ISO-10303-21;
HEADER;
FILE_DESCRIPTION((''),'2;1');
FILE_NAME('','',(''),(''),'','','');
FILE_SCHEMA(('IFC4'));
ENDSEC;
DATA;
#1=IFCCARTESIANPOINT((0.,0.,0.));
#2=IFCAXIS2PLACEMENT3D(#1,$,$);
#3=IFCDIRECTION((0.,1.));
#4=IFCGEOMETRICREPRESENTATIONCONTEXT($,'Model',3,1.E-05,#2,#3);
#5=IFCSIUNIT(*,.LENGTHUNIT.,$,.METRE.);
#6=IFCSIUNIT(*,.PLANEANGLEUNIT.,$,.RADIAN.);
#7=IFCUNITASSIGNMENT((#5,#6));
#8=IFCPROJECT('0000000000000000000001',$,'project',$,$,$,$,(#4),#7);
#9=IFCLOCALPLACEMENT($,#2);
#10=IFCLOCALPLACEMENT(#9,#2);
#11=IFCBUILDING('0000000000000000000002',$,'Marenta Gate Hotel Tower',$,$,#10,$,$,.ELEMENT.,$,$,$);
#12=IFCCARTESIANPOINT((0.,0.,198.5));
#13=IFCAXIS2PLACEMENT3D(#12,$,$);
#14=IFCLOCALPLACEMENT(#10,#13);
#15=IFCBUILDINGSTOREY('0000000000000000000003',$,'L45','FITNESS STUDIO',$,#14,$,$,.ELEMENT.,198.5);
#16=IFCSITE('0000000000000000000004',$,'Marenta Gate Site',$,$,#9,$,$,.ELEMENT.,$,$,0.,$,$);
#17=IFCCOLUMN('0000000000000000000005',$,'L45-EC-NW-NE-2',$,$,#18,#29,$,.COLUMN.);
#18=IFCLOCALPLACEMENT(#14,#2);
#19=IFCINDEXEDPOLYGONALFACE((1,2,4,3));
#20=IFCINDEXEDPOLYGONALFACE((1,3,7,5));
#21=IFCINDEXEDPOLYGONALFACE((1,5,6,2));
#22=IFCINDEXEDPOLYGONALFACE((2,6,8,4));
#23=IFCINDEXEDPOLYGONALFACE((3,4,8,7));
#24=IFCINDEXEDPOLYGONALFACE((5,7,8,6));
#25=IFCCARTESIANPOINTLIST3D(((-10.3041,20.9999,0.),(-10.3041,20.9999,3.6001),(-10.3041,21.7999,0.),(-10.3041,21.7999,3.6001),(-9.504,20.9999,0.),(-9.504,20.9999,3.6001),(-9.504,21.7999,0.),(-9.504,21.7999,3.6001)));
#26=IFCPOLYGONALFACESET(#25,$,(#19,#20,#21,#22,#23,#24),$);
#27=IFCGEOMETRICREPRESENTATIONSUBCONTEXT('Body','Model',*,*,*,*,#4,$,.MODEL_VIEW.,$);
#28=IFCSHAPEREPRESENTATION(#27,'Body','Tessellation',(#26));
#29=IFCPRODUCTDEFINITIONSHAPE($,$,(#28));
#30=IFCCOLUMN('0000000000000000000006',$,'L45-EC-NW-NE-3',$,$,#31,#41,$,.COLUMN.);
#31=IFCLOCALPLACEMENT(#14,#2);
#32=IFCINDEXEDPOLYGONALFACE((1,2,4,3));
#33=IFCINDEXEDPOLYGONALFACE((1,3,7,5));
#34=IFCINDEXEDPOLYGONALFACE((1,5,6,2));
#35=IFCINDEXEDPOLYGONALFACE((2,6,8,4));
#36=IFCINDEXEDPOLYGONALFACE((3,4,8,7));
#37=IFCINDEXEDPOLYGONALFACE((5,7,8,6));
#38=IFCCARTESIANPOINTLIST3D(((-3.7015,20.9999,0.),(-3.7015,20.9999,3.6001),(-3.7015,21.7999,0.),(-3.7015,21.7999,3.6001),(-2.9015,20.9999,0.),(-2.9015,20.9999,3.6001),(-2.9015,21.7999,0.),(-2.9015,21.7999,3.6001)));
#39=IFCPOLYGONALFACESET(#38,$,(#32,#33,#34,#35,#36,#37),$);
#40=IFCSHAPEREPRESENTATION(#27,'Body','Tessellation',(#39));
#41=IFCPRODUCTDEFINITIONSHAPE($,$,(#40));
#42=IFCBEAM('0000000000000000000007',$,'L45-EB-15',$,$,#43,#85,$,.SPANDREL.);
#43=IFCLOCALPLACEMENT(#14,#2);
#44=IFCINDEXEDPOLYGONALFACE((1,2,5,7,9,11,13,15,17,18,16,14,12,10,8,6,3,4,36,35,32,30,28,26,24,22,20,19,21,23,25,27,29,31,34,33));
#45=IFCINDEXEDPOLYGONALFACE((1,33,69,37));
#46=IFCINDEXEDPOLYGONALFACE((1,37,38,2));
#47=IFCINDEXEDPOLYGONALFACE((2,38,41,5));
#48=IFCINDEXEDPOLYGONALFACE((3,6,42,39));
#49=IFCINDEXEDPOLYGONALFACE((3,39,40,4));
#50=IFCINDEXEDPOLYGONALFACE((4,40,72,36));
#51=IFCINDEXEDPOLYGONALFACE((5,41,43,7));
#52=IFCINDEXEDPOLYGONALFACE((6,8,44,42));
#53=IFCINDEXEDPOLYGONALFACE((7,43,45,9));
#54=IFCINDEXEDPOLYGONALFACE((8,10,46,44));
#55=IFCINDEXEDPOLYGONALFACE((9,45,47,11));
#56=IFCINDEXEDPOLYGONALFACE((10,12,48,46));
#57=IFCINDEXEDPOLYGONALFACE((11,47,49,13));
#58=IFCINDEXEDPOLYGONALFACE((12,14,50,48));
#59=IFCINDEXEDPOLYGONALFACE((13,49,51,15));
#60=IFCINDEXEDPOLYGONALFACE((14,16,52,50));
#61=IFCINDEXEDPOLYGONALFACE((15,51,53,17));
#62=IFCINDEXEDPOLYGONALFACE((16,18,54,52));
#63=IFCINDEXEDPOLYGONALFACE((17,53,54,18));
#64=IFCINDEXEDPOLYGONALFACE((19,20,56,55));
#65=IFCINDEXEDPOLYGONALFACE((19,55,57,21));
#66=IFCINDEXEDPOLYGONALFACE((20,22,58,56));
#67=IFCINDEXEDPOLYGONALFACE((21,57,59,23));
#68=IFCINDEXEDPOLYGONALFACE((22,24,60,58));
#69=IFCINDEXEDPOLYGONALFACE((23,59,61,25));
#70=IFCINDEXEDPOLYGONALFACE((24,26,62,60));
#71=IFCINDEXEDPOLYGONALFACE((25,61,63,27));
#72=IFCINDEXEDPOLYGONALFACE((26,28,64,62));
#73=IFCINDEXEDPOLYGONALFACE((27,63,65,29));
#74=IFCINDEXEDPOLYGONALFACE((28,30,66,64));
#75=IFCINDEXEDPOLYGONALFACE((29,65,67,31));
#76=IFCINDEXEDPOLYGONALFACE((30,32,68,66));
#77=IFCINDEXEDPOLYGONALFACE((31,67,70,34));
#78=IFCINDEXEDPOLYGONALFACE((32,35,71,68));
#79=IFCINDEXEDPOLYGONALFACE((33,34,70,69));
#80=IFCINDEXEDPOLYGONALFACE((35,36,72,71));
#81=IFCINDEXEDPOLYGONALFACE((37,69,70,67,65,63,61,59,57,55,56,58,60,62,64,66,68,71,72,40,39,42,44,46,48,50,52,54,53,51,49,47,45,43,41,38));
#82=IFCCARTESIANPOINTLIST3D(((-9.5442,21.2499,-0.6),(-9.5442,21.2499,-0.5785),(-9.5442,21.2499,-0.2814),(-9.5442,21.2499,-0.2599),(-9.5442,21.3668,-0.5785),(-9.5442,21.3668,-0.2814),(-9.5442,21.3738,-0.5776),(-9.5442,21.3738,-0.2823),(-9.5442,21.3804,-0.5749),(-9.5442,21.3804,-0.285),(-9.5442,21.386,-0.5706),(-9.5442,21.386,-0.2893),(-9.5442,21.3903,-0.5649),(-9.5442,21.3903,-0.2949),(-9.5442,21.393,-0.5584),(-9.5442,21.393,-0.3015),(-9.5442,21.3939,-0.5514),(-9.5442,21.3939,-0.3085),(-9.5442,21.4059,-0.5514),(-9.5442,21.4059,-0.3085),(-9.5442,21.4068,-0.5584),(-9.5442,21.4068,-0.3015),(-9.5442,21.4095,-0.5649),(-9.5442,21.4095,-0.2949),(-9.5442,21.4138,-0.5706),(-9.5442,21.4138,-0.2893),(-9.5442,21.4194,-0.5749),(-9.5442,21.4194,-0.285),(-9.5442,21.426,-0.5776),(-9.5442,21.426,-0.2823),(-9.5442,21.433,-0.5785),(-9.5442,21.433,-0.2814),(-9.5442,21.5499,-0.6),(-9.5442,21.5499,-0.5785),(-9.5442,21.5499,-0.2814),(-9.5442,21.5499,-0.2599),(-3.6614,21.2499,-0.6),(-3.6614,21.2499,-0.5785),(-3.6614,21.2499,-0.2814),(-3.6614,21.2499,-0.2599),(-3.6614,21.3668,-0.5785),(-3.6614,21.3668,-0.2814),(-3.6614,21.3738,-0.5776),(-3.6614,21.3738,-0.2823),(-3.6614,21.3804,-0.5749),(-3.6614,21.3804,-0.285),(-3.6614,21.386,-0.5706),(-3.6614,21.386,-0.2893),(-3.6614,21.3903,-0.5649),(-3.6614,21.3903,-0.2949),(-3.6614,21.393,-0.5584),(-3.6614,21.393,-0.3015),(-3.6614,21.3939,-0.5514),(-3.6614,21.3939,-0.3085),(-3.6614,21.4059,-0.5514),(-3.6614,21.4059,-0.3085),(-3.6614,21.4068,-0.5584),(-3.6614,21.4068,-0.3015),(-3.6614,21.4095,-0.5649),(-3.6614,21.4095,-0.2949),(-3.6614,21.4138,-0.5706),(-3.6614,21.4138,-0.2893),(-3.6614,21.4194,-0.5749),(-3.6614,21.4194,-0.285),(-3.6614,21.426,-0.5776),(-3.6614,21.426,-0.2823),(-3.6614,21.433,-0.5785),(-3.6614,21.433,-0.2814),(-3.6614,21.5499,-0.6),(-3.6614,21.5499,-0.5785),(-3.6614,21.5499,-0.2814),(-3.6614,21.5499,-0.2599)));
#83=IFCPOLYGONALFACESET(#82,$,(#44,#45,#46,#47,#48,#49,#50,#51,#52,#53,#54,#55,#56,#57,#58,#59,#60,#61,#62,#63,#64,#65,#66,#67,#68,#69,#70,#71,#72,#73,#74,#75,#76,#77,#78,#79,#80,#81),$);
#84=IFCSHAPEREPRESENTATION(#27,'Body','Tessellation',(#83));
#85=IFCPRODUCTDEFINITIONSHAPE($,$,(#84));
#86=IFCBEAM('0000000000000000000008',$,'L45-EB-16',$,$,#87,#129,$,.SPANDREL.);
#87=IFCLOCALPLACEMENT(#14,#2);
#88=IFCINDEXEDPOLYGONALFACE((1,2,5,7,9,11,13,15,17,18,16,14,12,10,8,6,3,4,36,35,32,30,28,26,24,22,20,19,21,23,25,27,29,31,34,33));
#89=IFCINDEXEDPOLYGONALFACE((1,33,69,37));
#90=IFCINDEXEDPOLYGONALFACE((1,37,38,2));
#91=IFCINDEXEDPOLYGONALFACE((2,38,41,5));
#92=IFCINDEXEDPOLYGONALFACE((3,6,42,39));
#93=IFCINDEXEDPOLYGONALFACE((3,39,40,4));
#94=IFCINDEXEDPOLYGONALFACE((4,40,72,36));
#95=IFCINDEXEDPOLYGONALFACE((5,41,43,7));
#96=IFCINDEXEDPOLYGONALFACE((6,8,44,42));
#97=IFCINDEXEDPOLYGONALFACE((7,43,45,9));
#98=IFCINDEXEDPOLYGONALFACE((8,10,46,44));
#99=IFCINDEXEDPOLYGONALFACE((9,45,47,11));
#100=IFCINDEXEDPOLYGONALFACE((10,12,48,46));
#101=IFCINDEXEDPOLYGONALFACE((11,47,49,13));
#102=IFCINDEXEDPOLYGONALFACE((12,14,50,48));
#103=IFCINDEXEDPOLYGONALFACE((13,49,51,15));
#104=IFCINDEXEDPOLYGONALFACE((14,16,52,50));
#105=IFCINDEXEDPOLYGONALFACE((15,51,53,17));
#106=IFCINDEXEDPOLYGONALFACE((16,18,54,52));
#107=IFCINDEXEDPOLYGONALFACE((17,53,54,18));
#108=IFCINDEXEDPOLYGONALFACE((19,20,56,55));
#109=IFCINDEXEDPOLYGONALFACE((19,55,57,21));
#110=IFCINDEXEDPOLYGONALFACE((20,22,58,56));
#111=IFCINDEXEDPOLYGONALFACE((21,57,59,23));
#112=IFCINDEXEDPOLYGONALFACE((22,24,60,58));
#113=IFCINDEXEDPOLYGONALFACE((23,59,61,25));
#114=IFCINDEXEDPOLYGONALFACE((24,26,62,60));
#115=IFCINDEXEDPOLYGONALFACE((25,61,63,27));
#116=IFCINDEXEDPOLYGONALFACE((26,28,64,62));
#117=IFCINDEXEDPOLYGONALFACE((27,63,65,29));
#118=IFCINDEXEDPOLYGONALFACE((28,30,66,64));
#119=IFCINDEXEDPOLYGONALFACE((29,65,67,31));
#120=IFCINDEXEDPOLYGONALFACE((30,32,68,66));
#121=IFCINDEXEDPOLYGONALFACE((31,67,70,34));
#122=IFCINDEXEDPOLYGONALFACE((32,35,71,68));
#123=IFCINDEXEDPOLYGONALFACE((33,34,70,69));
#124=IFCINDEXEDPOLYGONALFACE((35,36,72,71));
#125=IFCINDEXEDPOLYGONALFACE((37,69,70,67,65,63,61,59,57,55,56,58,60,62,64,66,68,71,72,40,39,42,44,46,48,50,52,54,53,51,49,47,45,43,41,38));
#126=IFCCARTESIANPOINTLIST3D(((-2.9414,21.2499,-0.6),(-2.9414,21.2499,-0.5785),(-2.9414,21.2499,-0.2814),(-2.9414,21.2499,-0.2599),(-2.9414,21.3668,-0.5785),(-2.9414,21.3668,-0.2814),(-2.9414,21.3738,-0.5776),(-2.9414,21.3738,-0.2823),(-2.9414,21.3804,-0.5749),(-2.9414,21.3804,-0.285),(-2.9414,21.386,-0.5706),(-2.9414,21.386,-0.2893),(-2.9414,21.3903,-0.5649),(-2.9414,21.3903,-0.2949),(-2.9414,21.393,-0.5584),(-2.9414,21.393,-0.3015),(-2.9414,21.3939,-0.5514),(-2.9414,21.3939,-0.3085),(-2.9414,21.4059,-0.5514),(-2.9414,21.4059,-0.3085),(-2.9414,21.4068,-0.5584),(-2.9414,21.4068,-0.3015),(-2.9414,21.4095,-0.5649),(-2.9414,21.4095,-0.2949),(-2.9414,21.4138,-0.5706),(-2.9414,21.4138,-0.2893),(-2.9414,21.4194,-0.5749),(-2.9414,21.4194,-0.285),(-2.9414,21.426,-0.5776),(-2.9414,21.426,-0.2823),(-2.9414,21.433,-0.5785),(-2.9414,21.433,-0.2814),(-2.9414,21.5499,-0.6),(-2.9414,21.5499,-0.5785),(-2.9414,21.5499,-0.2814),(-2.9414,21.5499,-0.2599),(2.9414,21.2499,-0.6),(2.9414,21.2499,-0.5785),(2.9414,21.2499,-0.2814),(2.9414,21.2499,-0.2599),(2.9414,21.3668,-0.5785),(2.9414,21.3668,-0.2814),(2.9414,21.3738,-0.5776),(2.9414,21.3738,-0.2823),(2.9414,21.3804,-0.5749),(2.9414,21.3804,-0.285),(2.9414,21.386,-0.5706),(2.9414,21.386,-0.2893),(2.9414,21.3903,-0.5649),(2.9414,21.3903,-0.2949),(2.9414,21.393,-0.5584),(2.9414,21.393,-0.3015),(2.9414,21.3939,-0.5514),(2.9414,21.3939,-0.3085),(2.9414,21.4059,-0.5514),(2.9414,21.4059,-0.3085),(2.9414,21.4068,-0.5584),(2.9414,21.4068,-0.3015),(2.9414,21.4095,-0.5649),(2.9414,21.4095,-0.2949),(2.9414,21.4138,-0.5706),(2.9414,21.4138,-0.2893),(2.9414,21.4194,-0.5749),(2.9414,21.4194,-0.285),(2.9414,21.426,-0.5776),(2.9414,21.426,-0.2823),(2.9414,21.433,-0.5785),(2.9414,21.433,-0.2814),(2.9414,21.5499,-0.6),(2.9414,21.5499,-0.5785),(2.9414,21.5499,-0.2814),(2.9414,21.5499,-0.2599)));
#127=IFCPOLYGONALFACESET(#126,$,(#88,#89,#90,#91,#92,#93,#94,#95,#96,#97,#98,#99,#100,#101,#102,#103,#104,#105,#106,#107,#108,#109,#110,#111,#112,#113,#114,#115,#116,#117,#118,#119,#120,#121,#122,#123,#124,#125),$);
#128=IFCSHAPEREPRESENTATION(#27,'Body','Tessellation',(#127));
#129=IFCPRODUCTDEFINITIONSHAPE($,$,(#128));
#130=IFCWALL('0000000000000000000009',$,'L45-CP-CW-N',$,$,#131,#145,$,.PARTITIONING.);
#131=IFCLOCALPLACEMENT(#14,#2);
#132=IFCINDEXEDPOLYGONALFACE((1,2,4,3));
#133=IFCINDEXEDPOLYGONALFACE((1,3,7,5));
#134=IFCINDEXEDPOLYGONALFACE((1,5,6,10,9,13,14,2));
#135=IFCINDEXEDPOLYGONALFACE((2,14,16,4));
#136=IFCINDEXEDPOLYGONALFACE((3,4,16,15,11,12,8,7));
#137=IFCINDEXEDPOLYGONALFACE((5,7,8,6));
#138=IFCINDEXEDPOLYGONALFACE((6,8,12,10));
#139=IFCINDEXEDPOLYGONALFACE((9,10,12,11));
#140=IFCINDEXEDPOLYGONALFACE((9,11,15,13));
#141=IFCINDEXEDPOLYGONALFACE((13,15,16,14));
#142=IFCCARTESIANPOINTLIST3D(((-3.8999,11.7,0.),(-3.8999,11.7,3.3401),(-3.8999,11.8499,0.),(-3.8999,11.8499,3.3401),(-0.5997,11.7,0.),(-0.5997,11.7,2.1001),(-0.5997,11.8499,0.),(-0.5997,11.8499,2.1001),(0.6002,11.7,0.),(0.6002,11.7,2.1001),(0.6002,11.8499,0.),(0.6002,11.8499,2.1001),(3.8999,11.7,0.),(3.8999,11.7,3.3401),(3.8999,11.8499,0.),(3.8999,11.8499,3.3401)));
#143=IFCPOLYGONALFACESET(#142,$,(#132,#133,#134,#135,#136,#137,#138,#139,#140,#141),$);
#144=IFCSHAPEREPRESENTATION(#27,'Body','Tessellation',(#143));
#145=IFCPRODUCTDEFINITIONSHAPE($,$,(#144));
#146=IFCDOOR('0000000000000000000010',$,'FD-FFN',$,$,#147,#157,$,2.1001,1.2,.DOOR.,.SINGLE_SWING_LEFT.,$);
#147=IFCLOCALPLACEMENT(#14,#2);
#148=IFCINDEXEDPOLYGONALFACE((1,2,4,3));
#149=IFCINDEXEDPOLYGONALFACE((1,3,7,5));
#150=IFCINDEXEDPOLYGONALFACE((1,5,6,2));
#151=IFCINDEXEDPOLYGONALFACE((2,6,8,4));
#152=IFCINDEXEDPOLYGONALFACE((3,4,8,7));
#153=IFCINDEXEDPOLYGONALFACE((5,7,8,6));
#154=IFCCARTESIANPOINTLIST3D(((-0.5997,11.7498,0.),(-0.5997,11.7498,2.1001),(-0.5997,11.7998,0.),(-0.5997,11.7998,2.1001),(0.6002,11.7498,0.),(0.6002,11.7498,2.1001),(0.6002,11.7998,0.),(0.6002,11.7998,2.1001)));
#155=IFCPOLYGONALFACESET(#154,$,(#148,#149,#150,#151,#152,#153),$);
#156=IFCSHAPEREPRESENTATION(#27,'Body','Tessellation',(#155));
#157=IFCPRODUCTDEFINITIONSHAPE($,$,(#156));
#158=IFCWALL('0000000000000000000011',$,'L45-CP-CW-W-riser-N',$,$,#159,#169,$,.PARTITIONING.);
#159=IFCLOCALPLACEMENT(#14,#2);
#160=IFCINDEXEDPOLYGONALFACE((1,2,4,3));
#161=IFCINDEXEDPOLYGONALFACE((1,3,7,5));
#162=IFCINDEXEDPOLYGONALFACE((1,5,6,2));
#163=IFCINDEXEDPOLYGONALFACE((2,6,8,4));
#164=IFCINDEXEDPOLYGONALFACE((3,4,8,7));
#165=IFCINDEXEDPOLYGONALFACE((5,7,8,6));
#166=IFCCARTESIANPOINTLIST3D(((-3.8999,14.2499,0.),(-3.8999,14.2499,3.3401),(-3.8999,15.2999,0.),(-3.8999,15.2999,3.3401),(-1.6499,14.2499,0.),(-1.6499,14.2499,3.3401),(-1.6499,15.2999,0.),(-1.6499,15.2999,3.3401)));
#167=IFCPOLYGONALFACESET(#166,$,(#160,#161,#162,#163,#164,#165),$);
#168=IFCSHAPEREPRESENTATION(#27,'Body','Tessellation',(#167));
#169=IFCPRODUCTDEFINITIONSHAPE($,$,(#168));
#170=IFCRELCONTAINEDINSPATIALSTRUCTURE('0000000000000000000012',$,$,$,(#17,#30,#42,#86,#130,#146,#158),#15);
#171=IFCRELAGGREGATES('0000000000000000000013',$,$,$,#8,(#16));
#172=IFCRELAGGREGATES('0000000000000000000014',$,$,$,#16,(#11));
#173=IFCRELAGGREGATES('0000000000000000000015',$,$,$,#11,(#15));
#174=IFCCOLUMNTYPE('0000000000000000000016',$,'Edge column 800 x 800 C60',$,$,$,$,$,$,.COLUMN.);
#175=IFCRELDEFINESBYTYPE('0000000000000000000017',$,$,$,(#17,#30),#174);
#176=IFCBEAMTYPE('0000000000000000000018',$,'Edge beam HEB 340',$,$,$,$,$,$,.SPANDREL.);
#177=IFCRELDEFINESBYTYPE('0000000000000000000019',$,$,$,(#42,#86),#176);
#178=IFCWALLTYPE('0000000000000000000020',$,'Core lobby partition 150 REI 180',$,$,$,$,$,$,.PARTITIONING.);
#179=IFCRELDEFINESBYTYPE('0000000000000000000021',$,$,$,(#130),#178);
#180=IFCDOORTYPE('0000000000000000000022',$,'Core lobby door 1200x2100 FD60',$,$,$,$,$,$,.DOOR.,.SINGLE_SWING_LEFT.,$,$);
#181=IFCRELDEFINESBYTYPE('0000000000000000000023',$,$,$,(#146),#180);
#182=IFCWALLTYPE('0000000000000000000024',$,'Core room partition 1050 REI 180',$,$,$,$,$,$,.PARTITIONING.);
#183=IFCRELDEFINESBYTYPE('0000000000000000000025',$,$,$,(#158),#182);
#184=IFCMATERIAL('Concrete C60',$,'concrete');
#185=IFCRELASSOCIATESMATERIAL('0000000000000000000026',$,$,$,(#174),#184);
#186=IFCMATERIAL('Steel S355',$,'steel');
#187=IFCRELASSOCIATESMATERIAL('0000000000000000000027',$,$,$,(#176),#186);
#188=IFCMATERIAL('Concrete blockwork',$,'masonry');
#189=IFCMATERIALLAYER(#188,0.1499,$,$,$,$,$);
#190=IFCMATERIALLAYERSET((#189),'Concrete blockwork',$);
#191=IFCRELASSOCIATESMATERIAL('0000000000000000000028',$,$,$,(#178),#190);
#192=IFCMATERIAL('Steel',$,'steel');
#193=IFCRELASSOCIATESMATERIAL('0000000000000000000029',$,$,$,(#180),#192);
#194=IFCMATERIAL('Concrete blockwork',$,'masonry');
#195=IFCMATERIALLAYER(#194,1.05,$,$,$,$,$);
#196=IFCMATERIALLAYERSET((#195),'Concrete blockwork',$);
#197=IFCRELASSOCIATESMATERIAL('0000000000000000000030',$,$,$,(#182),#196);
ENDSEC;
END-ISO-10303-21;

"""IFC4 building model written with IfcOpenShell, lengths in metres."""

from ifc_helpers import new_model, si_unit, direction, frame, frame_2d, origin, origin_2d, place, context, subcontext, project, spatial, rectangle, i_section, extrude, material, layer, layer_set, material_profile, profile_set, type_object, element, fill, save


model = new_model("IFC4")

# Units and contexts
model_context = context("Model", 3, precision=1e-05, world=origin(), true_north=direction((0.0, 1.0)))
body_context = subcontext(model_context, "Body", "Model", "MODEL_VIEW")
ifc_project = project(units=[si_unit("LENGTHUNIT", "METRE"), si_unit("PLANEANGLEUNIT", "RADIAN")], contexts=[model_context])

# Site, building, storey
site_placement = place(None, origin())
site = spatial("IfcSite", under=ifc_project, at=site_placement, Name="Marenta Gate Site", CompositionType="ELEMENT", RefElevation=0.0)
building_placement = place(site_placement, origin())
building = spatial("IfcBuilding", under=site, at=building_placement, Name="Marenta Gate Hotel Tower", CompositionType="ELEMENT")
storey_placement = place(building_placement, frame((0.0, 0.0, 198.5)))
storey = spatial("IfcBuildingStorey", under=building, at=storey_placement, Name="L45", Description="FITNESS STUDIO", CompositionType="ELEMENT", Elevation=198.5)

# Columns
ifc_material_1 = material(Name="Concrete C60", Category="concrete")
ifc_material_profile_1 = material_profile(ifc_material_1, rectangle(XDim=0.8, YDim=0.8, at=origin_2d()), Name="800 x 800")
ifc_profile_set_1 = profile_set([ifc_material_profile_1], Name="Concrete C60")
column_type = type_object("IfcColumnType", Name="Edge column 800 x 800 C60", PredefinedType="COLUMN", material=ifc_profile_set_1)
for number, where, z_axis, x_axis, name in (
    (1, (-9.9041, 21.3999, 0.0), (0.0, 0.0, 1.0), (1.0, 0.0, 0.0), "L45-EC-NW-NE-2"),
    (2, (-3.3015, 21.3999, 0.0), (0.0, 0.0, 1.0), (1.0, 0.0, 0.0), "L45-EC-NW-NE-3"),
):
    element("IfcColumn", number, at=place(storey_placement, frame(where, z_axis=z_axis, x_axis=x_axis)), inside=storey, type_object=column_type, Name=name, PredefinedType="COLUMN", context=body_context, shape_type="SweptSolid", body=[
        extrude(rectangle(XDim=0.8, YDim=0.8, at=origin_2d()), origin(), (0.0, 0.0, 1.0), 3.6001),
    ])

# Beams
ifc_material_2 = material(Name="Steel S355", Category="steel")
ifc_material_profile_2 = material_profile(ifc_material_2, i_section(OverallWidth=0.3, OverallDepth=0.3401, WebThickness=0.012, FlangeThickness=0.0215, FilletRadius=0.0271, at=origin_2d()), Name="HEB 340")
ifc_profile_set_2 = profile_set([ifc_material_profile_2], Name="Steel S355")
beam_type = type_object("IfcBeamType", Name="Edge beam HEB 340", PredefinedType="SPANDREL", material=ifc_profile_set_2)
for number, where, z_axis, x_axis, name in (
    (3, (-9.5442, 21.3999, -0.4299), (1.0, 0.0, 0.0), (0.0, 1.0, 0.0), "L45-EB-15"),
    (4, (-2.9414, 21.3999, -0.4299), (1.0, 0.0, 0.0), (0.0, 1.0, 0.0), "L45-EB-16"),
):
    element("IfcBeam", number, at=place(storey_placement, frame(where, z_axis=z_axis, x_axis=x_axis)), inside=storey, type_object=beam_type, Name=name, PredefinedType="SPANDREL", context=body_context, shape_type="SweptSolid", body=[
        extrude(i_section(OverallWidth=0.3, OverallDepth=0.3401, WebThickness=0.012, FlangeThickness=0.0215, FilletRadius=0.0271, at=origin_2d()), origin(), (0.0, 0.0, 1.0), 5.8828),
    ])

# Wall, opening, door
ifc_material_3 = material(Name="Concrete blockwork", Category="masonry")
ifc_layer_1 = layer(ifc_material_3, 0.1499)
ifc_layer_set_1 = layer_set([ifc_layer_1], Name="Concrete blockwork")
wall_type_1 = type_object("IfcWallType", Name="Core lobby partition 150 REI 180", PredefinedType="PARTITIONING", material=ifc_layer_set_1)
wall_1_placement = place(storey_placement, frame((-3.8999, 11.7749, 0.0), z_axis=(0.0, 0.0, 1.0), x_axis=(1.0, 0.0, 0.0)))
wall_1 = element("IfcWall", 5, at=wall_1_placement, inside=storey, type_object=wall_type_1, Name="L45-CP-CW-N", PredefinedType="PARTITIONING", context=body_context, shape_type="SweptSolid", body=[
    extrude(rectangle(XDim=7.7998, YDim=0.1499, at=frame_2d((3.8999, 0.0))), origin(), (0.0, 0.0, 1.0), 3.3401),
])
opening_1_placement = place(wall_1_placement, frame((3.3, 0.0, 0.0)))
opening_1 = element("IfcOpeningElement", 6, at=opening_1_placement, cuts=wall_1, PredefinedType="OPENING", context=body_context, shape_type="SweptSolid", body=[
    extrude(rectangle(XDim=1.2, YDim=2.1001, at=frame_2d((0.6001, 1.05))), frame((0.0, 0.075, 0.0), z_axis=(0.0, -1.0, 0.0), x_axis=(1.0, 0.0, 0.0)), (0.0, 0.0, 1.0), 0.1499),
])
ifc_material_4 = material(Name="Steel", Category="steel")
door_type_1 = type_object("IfcDoorType", Name="Core lobby door 1200x2100 FD60", OperationType="SINGLE_SWING_LEFT", PredefinedType="DOOR", material=ifc_material_4)
door_1_placement = place(opening_1_placement, origin())
door_1 = element("IfcDoor", 7, at=door_1_placement, inside=storey, type_object=door_type_1, Name="FD-FFN", OperationType="SINGLE_SWING_LEFT", OverallHeight=2.1001, OverallWidth=1.2, PredefinedType="DOOR", context=body_context, shape_type="SweptSolid", body=[
    extrude(rectangle(XDim=1.2, YDim=2.1001, at=frame_2d((0.6001, 1.05))), frame((0.0, 0.0249, 0.0), z_axis=(0.0, -1.0, 0.0), x_axis=(1.0, 0.0, 0.0)), (0.0, 0.0, 1.0), 0.05),
])
fill(opening_1, door_1)

# Wall
ifc_material_5 = material(Name="Concrete blockwork", Category="masonry")
ifc_layer_2 = layer(ifc_material_5, 1.05)
ifc_layer_set_2 = layer_set([ifc_layer_2], Name="Concrete blockwork")
wall_type_2 = type_object("IfcWallType", Name="Core room partition 1050 REI 180", PredefinedType="PARTITIONING", material=ifc_layer_set_2)
wall_2_placement = place(storey_placement, frame((-3.8999, 14.7749, 0.0), z_axis=(0.0, 0.0, 1.0), x_axis=(1.0, 0.0, 0.0)))
element("IfcWall", 8, at=wall_2_placement, inside=storey, type_object=wall_type_2, Name="L45-CP-CW-W-riser-N", PredefinedType="PARTITIONING", context=body_context, shape_type="SweptSolid", body=[
    extrude(rectangle(XDim=2.25, YDim=1.05, at=frame_2d((1.125, 0.0))), origin(), (0.0, 0.0, 1.0), 3.3401),
])

save(model, "model.ifc")
